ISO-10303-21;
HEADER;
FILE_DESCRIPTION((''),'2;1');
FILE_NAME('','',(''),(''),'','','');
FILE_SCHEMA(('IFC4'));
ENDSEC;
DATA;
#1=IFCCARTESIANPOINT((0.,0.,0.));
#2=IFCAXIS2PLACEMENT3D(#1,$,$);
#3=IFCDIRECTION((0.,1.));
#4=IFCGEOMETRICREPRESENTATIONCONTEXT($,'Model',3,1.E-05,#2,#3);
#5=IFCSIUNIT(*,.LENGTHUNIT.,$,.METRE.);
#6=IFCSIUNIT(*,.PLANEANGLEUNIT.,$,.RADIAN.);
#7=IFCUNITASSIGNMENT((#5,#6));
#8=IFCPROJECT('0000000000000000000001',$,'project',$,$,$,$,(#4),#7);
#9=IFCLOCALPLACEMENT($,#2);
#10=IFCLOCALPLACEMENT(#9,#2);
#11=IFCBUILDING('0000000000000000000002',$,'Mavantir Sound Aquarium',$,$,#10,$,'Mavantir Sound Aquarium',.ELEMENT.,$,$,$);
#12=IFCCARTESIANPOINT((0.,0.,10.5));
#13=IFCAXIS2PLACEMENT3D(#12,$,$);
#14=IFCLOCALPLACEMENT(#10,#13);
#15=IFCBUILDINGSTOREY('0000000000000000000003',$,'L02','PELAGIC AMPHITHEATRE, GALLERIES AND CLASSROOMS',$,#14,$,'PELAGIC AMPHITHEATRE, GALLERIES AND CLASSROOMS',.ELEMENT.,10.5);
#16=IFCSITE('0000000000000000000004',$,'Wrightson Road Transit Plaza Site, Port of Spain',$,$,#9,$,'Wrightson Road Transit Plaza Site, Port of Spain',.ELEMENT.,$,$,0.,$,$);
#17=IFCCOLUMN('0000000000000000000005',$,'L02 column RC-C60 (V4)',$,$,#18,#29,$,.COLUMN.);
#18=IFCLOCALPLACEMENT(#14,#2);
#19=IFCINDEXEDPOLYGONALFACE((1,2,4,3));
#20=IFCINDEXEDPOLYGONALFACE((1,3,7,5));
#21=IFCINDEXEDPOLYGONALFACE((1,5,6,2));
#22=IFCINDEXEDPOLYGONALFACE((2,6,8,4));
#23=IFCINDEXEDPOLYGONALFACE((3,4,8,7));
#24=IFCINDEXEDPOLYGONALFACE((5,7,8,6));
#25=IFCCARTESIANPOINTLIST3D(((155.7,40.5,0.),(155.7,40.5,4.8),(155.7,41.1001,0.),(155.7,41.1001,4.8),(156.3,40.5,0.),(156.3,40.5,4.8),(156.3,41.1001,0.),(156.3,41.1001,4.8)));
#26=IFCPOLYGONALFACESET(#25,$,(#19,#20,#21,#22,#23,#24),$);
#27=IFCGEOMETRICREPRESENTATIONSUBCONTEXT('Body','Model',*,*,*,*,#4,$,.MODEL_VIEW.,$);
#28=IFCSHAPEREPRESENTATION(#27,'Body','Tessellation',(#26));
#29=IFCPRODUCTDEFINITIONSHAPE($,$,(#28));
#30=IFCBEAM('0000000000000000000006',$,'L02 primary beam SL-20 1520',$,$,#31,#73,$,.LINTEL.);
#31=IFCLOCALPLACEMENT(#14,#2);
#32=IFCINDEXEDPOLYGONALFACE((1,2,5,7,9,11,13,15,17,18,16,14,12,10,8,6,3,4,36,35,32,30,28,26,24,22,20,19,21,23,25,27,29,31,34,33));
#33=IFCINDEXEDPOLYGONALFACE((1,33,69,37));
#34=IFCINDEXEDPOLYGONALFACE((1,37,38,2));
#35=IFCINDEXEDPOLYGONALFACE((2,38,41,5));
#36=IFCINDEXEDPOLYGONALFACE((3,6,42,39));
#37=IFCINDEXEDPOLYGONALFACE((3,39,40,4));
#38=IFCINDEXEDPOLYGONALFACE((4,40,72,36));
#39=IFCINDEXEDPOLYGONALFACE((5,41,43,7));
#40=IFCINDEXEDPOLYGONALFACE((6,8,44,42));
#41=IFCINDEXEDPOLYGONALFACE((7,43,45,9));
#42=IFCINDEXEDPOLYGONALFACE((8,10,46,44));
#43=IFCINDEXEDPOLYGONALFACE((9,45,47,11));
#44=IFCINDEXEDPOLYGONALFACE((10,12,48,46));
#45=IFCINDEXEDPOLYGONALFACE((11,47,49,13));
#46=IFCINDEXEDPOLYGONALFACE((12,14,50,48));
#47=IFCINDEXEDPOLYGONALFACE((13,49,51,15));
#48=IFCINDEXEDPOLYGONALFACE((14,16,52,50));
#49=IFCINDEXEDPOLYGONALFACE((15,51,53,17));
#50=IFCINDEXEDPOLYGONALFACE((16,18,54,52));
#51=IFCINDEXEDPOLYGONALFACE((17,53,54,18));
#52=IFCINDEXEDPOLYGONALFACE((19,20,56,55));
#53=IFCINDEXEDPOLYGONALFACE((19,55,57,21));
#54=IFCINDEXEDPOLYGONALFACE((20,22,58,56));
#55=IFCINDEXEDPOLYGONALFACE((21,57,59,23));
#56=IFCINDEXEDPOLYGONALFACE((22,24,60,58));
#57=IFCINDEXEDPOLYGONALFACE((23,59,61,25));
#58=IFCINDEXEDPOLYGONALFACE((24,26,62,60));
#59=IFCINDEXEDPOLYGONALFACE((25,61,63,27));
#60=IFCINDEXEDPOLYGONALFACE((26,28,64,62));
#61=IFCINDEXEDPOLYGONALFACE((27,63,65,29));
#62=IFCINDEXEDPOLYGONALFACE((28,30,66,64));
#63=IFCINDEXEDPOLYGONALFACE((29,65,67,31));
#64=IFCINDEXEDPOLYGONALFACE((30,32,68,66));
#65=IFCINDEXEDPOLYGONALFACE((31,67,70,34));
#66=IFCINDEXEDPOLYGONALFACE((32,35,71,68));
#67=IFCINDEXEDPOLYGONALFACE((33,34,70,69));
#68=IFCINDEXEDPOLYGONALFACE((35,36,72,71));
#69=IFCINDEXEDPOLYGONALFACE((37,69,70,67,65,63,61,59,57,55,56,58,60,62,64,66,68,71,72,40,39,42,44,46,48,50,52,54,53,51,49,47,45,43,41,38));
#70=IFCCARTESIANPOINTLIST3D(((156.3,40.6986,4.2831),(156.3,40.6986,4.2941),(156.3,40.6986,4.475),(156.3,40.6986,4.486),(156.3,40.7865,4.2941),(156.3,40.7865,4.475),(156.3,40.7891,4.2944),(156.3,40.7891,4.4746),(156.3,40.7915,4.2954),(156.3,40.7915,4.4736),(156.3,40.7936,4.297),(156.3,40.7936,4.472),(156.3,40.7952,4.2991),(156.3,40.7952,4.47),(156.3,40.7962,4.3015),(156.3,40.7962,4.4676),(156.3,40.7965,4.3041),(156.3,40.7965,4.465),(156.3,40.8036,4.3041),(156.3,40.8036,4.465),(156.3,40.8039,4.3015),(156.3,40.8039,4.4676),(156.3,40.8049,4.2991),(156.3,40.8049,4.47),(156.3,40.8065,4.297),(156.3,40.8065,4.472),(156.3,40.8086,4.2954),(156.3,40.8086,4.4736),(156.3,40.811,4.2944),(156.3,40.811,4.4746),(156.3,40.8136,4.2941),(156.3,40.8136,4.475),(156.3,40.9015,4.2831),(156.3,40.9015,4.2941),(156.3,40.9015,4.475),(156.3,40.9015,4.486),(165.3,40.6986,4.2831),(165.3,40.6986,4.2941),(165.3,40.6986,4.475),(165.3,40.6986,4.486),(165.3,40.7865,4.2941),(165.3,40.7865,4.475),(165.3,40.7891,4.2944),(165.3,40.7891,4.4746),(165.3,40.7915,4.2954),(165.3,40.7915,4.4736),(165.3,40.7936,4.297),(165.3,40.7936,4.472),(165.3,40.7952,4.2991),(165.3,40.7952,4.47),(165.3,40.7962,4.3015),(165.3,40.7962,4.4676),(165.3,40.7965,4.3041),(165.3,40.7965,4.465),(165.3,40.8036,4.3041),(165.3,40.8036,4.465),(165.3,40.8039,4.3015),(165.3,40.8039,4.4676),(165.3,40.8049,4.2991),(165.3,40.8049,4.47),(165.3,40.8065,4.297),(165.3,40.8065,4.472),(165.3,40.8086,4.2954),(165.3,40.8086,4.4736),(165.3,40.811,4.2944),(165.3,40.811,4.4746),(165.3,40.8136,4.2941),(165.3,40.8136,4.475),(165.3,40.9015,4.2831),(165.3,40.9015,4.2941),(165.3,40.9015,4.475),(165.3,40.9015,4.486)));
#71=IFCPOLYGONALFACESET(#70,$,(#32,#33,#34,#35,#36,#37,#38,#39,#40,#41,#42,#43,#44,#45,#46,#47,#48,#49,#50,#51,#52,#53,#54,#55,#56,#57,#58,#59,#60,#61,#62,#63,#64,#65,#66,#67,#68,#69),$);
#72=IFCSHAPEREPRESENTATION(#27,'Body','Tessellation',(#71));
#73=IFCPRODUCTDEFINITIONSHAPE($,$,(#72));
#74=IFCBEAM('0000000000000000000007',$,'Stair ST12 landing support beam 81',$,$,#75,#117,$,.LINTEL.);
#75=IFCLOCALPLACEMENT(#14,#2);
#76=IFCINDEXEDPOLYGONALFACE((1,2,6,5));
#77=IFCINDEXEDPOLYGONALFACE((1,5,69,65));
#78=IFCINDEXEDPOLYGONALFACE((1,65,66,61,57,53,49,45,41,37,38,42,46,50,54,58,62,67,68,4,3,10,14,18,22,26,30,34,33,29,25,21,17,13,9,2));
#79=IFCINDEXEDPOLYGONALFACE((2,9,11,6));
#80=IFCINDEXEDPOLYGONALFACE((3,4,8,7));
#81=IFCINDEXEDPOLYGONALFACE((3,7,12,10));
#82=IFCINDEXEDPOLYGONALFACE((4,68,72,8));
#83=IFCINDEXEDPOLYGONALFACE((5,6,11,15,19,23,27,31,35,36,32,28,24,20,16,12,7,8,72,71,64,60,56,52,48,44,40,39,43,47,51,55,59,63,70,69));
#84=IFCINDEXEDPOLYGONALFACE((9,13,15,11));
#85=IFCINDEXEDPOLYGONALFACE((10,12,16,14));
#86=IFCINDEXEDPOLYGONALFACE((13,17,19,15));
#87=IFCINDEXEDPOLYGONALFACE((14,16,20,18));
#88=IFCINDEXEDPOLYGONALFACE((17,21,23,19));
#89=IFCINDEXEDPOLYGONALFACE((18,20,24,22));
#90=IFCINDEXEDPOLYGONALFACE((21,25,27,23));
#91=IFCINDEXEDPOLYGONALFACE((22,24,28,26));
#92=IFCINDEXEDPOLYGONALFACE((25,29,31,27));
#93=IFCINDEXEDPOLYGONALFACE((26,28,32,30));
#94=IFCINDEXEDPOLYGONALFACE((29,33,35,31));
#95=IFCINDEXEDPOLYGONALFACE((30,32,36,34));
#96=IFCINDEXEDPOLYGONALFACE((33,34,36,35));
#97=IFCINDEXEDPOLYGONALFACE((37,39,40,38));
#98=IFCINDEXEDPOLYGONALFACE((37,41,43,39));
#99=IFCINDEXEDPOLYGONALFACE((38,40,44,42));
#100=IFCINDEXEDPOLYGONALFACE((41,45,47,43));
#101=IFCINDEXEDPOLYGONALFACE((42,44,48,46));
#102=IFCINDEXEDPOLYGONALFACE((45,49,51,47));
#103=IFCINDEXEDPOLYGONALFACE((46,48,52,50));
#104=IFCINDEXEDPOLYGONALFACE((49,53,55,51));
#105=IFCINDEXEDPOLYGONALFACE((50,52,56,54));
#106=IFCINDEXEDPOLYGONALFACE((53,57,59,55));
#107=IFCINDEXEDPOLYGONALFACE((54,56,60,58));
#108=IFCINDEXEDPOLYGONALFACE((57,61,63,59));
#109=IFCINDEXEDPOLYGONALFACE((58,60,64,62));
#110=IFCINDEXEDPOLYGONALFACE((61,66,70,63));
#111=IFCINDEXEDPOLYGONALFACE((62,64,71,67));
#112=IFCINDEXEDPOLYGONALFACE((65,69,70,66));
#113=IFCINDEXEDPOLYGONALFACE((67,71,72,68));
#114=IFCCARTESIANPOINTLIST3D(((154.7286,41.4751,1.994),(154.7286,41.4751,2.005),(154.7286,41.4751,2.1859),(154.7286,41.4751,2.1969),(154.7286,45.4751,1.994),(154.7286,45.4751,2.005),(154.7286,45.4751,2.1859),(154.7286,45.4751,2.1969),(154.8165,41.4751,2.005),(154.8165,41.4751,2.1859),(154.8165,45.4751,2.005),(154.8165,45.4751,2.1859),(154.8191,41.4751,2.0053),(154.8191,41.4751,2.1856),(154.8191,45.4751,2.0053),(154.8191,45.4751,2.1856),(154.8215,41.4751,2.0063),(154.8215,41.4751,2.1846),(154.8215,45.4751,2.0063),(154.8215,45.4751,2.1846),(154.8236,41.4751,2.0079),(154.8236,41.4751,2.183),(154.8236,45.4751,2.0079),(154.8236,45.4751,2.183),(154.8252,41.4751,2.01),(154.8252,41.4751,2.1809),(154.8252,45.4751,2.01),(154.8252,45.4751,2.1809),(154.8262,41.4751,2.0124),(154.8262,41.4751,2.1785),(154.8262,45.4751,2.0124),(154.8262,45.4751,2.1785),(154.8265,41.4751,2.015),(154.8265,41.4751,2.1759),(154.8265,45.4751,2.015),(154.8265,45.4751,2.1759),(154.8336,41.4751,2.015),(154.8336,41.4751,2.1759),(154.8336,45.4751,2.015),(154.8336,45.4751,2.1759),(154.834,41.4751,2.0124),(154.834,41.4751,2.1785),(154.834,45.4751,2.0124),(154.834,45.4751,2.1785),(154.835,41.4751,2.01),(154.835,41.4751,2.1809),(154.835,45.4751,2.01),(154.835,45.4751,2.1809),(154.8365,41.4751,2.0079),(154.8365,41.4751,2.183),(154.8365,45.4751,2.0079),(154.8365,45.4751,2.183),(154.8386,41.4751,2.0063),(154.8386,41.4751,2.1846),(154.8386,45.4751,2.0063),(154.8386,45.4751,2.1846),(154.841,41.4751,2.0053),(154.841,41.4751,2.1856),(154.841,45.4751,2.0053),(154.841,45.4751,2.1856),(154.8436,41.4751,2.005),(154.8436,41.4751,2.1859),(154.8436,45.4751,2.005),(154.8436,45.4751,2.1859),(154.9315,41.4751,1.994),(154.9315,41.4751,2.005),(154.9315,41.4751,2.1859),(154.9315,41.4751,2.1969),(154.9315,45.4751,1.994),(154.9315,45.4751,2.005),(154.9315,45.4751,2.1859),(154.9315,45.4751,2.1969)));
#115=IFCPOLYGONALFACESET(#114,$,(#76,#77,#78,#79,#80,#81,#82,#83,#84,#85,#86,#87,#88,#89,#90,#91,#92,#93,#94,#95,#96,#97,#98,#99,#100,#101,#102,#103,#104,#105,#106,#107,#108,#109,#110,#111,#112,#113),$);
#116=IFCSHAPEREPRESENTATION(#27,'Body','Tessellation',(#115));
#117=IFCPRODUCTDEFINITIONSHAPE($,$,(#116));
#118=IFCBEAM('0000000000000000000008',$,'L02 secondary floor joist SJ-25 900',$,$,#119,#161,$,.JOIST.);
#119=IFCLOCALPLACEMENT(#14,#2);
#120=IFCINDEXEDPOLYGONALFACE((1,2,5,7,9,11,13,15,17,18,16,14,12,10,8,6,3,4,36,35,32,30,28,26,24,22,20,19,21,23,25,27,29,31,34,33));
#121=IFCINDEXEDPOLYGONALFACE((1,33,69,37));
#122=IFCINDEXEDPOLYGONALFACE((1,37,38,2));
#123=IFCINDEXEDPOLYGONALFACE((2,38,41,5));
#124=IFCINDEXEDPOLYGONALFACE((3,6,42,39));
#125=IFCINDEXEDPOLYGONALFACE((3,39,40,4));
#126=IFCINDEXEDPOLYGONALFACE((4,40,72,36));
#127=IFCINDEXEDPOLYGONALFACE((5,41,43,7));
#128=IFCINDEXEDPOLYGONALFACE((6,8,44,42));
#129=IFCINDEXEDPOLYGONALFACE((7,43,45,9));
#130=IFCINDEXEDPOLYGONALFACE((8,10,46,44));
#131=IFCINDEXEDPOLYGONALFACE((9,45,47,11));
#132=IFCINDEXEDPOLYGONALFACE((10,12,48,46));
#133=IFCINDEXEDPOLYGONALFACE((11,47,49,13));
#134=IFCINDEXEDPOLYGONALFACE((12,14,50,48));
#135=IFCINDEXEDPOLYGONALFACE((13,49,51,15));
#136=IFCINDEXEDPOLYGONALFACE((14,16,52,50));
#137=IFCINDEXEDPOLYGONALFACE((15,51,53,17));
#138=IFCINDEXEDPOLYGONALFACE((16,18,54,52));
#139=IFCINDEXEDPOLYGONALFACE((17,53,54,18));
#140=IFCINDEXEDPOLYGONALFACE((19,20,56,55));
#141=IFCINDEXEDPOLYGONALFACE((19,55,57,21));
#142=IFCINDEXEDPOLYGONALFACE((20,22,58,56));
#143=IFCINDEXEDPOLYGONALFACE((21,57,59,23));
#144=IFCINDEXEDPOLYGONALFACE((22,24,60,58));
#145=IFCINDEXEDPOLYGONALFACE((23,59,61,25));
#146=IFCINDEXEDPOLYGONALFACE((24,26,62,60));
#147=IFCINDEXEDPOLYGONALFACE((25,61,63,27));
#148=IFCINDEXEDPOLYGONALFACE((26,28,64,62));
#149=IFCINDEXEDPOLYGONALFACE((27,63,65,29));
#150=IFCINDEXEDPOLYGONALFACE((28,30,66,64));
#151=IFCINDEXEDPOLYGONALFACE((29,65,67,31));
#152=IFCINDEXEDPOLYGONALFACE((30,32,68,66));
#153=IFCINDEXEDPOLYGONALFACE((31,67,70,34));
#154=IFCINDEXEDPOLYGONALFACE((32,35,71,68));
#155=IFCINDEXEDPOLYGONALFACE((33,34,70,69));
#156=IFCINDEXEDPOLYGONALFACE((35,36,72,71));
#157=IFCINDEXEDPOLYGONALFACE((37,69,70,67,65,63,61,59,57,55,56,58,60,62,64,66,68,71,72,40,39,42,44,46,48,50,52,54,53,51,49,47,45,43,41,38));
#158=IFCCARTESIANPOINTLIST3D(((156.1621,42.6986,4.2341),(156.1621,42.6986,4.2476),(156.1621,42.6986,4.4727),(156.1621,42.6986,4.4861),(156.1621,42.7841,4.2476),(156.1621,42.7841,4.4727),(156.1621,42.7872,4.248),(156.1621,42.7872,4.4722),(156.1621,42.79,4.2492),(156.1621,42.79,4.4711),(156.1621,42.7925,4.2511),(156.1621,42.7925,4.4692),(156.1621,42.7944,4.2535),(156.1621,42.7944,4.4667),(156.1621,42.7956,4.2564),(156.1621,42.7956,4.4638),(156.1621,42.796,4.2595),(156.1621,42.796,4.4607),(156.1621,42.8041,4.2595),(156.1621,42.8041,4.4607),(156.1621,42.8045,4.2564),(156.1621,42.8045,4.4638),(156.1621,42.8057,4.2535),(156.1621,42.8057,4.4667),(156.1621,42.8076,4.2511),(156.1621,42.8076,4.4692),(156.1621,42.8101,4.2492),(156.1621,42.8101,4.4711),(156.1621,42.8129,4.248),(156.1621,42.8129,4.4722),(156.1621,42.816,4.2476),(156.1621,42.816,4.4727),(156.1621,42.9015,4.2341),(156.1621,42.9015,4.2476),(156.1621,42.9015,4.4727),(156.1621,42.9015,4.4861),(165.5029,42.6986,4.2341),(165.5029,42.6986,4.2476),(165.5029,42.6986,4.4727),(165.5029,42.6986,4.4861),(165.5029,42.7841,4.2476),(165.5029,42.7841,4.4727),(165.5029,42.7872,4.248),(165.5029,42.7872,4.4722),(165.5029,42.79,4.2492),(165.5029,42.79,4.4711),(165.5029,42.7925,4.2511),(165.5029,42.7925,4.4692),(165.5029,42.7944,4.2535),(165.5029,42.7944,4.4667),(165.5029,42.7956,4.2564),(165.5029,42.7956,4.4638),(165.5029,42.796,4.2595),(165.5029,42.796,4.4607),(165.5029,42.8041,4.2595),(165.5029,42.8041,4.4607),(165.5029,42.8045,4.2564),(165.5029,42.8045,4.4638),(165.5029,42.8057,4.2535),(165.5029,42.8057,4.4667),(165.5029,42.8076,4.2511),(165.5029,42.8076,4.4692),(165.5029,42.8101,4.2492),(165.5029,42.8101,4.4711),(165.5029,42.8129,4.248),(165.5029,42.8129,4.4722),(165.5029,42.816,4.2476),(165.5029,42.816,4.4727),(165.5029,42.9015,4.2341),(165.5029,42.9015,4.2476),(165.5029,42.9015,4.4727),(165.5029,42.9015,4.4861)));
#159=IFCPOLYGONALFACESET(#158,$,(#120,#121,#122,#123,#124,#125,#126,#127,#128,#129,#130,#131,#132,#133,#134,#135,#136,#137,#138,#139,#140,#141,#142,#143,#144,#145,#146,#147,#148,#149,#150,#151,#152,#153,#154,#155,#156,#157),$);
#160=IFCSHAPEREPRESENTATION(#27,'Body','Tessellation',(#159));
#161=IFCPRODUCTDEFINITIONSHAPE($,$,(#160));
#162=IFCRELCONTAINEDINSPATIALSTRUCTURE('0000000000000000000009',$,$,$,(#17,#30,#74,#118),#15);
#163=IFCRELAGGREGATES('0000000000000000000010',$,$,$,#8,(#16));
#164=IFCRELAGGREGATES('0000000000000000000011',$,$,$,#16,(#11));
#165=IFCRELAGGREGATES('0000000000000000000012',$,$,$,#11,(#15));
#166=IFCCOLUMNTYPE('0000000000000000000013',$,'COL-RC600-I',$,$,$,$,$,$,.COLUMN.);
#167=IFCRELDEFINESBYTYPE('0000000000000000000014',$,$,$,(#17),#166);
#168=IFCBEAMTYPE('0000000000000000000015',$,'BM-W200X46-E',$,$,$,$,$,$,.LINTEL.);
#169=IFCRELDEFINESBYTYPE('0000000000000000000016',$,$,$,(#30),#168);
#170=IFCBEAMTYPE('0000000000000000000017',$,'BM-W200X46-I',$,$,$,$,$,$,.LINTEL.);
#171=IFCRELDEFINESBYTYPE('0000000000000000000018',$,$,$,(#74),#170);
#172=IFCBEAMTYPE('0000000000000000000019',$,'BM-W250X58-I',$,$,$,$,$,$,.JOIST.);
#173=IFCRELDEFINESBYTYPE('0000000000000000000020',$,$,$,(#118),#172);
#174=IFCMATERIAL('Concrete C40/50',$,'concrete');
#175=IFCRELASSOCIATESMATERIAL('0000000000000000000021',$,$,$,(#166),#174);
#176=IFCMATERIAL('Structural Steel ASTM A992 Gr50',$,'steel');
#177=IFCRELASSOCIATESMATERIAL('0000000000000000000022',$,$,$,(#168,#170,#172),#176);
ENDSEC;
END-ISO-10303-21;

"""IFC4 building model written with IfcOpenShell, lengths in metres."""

from ifc_helpers import new_model, si_unit, direction, frame, origin, origin_2d, place, context, subcontext, project, spatial, rectangle, i_section, extrude, material, material_profile, profile_set, type_object, element, save


model = new_model("IFC4")

# Units and contexts
model_context = context("Model", 3, precision=1e-05, world=origin(), true_north=direction((0.0, 1.0)))
body_context = subcontext(model_context, "Body", "Model", "MODEL_VIEW")
ifc_project = project(units=[si_unit("LENGTHUNIT", "METRE"), si_unit("PLANEANGLEUNIT", "RADIAN")], contexts=[model_context])

# Site, building, storey
site_placement = place(None, origin())
site = spatial("IfcSite", under=ifc_project, at=site_placement, Name="Wrightson Road Transit Plaza Site, Port of Spain", LongName="Wrightson Road Transit Plaza Site, Port of Spain", CompositionType="ELEMENT", RefElevation=0.0)
building_placement = place(site_placement, origin())
building = spatial("IfcBuilding", under=site, at=building_placement, Name="Mavantir Sound Aquarium", LongName="Mavantir Sound Aquarium", CompositionType="ELEMENT")
storey_placement = place(building_placement, frame((0.0, 0.0, 10.5)))
storey = spatial("IfcBuildingStorey", under=building, at=storey_placement, Name="L02", Description="PELAGIC AMPHITHEATRE, GALLERIES AND CLASSROOMS", LongName="PELAGIC AMPHITHEATRE, GALLERIES AND CLASSROOMS", CompositionType="ELEMENT", Elevation=10.5)

# Column
ifc_material_1 = material(Name="Concrete C40/50", Category="concrete")
ifc_material_profile_1 = material_profile(ifc_material_1, rectangle(XDim=0.6001, YDim=0.6001, at=origin_2d()), Name="RC 600X600")
ifc_profile_set_1 = profile_set([ifc_material_profile_1], Name="Concrete C40/50")
column_type = type_object("IfcColumnType", Name="COL-RC600-I", PredefinedType="COLUMN", material=ifc_profile_set_1)
column_placement = place(storey_placement, frame((156.0, 40.8, 0.0), z_axis=(0.0, 0.0, 1.0), x_axis=(1.0, 0.0, 0.0)))
element("IfcColumn", 1, at=column_placement, inside=storey, type_object=column_type, Name="L02 column RC-C60 (V4)", PredefinedType="COLUMN", context=body_context, shape_type="SweptSolid", body=[
    extrude(rectangle(XDim=0.6001, YDim=0.6001, at=origin_2d()), origin(), (0.0, 0.0, 1.0), 4.8),
])

# Beams
ifc_material_2 = material(Name="Structural Steel ASTM A992 Gr50", Category="steel")
ifc_material_profile_2 = material_profile(ifc_material_2, i_section(OverallWidth=0.2029, OverallDepth=0.2029, WebThickness=0.0071, FlangeThickness=0.011, FilletRadius=0.01, at=origin_2d()), Name="W200X46")
ifc_profile_set_2 = profile_set([ifc_material_profile_2], Name="Structural Steel ASTM A992 Gr50")
beam_type_1 = type_object("IfcBeamType", Name="BM-W200X46-E", PredefinedType="LINTEL", material=ifc_profile_set_2)
beam_1_placement = place(storey_placement, frame((156.3, 40.8, 4.3845), z_axis=(1.0, 0.0, 0.0), x_axis=(0.0, 1.0, 0.0)))
element("IfcBeam", 2, at=beam_1_placement, inside=storey, type_object=beam_type_1, Name="L02 primary beam SL-20 1520", PredefinedType="LINTEL", context=body_context, shape_type="SweptSolid", body=[
    extrude(i_section(OverallWidth=0.2029, OverallDepth=0.2029, WebThickness=0.0071, FlangeThickness=0.011, FilletRadius=0.01, at=origin_2d()), origin(), (0.0, 0.0, 1.0), 9.0),
])
ifc_material_profile_3 = material_profile(ifc_material_2, i_section(OverallWidth=0.2029, OverallDepth=0.2029, WebThickness=0.0071, FlangeThickness=0.011, FilletRadius=0.01, at=origin_2d()), Name="W200X46")
ifc_profile_set_3 = profile_set([ifc_material_profile_3], Name="Structural Steel ASTM A992 Gr50")
beam_type_2 = type_object("IfcBeamType", Name="BM-W200X46-I", PredefinedType="LINTEL", material=ifc_profile_set_3)
beam_2_placement = place(storey_placement, frame((154.8301, 41.4751, 2.0955), z_axis=(0.0, 1.0, 0.0), x_axis=(-1.0, 0.0, 0.0)))
element("IfcBeam", 3, at=beam_2_placement, inside=storey, type_object=beam_type_2, Name="Stair ST12 landing support beam 81", PredefinedType="LINTEL", context=body_context, shape_type="SweptSolid", body=[
    extrude(i_section(OverallWidth=0.2029, OverallDepth=0.2029, WebThickness=0.0071, FlangeThickness=0.011, FilletRadius=0.01, at=origin_2d()), origin(), (0.0, 0.0, 1.0), 4.0),
])
ifc_material_profile_4 = material_profile(ifc_material_2, i_section(OverallWidth=0.2029, OverallDepth=0.252, WebThickness=0.0081, FlangeThickness=0.0134, FilletRadius=0.012, at=origin_2d()), Name="W250X58")
ifc_profile_set_4 = profile_set([ifc_material_profile_4], Name="Structural Steel ASTM A992 Gr50")
beam_type_3 = type_object("IfcBeamType", Name="BM-W250X58-I", PredefinedType="JOIST", material=ifc_profile_set_4)
beam_3_placement = place(storey_placement, frame((156.1621, 42.8, 4.3601), z_axis=(1.0, 0.0, 0.0), x_axis=(0.0, 1.0, 0.0)))
element("IfcBeam", 4, at=beam_3_placement, inside=storey, type_object=beam_type_3, Name="L02 secondary floor joist SJ-25 900", PredefinedType="JOIST", context=body_context, shape_type="SweptSolid", body=[
    extrude(i_section(OverallWidth=0.2029, OverallDepth=0.252, WebThickness=0.0081, FlangeThickness=0.0134, FilletRadius=0.012, at=origin_2d()), origin(), (0.0, 0.0, 1.0), 9.3408),
])

save(model, "model.ifc")
